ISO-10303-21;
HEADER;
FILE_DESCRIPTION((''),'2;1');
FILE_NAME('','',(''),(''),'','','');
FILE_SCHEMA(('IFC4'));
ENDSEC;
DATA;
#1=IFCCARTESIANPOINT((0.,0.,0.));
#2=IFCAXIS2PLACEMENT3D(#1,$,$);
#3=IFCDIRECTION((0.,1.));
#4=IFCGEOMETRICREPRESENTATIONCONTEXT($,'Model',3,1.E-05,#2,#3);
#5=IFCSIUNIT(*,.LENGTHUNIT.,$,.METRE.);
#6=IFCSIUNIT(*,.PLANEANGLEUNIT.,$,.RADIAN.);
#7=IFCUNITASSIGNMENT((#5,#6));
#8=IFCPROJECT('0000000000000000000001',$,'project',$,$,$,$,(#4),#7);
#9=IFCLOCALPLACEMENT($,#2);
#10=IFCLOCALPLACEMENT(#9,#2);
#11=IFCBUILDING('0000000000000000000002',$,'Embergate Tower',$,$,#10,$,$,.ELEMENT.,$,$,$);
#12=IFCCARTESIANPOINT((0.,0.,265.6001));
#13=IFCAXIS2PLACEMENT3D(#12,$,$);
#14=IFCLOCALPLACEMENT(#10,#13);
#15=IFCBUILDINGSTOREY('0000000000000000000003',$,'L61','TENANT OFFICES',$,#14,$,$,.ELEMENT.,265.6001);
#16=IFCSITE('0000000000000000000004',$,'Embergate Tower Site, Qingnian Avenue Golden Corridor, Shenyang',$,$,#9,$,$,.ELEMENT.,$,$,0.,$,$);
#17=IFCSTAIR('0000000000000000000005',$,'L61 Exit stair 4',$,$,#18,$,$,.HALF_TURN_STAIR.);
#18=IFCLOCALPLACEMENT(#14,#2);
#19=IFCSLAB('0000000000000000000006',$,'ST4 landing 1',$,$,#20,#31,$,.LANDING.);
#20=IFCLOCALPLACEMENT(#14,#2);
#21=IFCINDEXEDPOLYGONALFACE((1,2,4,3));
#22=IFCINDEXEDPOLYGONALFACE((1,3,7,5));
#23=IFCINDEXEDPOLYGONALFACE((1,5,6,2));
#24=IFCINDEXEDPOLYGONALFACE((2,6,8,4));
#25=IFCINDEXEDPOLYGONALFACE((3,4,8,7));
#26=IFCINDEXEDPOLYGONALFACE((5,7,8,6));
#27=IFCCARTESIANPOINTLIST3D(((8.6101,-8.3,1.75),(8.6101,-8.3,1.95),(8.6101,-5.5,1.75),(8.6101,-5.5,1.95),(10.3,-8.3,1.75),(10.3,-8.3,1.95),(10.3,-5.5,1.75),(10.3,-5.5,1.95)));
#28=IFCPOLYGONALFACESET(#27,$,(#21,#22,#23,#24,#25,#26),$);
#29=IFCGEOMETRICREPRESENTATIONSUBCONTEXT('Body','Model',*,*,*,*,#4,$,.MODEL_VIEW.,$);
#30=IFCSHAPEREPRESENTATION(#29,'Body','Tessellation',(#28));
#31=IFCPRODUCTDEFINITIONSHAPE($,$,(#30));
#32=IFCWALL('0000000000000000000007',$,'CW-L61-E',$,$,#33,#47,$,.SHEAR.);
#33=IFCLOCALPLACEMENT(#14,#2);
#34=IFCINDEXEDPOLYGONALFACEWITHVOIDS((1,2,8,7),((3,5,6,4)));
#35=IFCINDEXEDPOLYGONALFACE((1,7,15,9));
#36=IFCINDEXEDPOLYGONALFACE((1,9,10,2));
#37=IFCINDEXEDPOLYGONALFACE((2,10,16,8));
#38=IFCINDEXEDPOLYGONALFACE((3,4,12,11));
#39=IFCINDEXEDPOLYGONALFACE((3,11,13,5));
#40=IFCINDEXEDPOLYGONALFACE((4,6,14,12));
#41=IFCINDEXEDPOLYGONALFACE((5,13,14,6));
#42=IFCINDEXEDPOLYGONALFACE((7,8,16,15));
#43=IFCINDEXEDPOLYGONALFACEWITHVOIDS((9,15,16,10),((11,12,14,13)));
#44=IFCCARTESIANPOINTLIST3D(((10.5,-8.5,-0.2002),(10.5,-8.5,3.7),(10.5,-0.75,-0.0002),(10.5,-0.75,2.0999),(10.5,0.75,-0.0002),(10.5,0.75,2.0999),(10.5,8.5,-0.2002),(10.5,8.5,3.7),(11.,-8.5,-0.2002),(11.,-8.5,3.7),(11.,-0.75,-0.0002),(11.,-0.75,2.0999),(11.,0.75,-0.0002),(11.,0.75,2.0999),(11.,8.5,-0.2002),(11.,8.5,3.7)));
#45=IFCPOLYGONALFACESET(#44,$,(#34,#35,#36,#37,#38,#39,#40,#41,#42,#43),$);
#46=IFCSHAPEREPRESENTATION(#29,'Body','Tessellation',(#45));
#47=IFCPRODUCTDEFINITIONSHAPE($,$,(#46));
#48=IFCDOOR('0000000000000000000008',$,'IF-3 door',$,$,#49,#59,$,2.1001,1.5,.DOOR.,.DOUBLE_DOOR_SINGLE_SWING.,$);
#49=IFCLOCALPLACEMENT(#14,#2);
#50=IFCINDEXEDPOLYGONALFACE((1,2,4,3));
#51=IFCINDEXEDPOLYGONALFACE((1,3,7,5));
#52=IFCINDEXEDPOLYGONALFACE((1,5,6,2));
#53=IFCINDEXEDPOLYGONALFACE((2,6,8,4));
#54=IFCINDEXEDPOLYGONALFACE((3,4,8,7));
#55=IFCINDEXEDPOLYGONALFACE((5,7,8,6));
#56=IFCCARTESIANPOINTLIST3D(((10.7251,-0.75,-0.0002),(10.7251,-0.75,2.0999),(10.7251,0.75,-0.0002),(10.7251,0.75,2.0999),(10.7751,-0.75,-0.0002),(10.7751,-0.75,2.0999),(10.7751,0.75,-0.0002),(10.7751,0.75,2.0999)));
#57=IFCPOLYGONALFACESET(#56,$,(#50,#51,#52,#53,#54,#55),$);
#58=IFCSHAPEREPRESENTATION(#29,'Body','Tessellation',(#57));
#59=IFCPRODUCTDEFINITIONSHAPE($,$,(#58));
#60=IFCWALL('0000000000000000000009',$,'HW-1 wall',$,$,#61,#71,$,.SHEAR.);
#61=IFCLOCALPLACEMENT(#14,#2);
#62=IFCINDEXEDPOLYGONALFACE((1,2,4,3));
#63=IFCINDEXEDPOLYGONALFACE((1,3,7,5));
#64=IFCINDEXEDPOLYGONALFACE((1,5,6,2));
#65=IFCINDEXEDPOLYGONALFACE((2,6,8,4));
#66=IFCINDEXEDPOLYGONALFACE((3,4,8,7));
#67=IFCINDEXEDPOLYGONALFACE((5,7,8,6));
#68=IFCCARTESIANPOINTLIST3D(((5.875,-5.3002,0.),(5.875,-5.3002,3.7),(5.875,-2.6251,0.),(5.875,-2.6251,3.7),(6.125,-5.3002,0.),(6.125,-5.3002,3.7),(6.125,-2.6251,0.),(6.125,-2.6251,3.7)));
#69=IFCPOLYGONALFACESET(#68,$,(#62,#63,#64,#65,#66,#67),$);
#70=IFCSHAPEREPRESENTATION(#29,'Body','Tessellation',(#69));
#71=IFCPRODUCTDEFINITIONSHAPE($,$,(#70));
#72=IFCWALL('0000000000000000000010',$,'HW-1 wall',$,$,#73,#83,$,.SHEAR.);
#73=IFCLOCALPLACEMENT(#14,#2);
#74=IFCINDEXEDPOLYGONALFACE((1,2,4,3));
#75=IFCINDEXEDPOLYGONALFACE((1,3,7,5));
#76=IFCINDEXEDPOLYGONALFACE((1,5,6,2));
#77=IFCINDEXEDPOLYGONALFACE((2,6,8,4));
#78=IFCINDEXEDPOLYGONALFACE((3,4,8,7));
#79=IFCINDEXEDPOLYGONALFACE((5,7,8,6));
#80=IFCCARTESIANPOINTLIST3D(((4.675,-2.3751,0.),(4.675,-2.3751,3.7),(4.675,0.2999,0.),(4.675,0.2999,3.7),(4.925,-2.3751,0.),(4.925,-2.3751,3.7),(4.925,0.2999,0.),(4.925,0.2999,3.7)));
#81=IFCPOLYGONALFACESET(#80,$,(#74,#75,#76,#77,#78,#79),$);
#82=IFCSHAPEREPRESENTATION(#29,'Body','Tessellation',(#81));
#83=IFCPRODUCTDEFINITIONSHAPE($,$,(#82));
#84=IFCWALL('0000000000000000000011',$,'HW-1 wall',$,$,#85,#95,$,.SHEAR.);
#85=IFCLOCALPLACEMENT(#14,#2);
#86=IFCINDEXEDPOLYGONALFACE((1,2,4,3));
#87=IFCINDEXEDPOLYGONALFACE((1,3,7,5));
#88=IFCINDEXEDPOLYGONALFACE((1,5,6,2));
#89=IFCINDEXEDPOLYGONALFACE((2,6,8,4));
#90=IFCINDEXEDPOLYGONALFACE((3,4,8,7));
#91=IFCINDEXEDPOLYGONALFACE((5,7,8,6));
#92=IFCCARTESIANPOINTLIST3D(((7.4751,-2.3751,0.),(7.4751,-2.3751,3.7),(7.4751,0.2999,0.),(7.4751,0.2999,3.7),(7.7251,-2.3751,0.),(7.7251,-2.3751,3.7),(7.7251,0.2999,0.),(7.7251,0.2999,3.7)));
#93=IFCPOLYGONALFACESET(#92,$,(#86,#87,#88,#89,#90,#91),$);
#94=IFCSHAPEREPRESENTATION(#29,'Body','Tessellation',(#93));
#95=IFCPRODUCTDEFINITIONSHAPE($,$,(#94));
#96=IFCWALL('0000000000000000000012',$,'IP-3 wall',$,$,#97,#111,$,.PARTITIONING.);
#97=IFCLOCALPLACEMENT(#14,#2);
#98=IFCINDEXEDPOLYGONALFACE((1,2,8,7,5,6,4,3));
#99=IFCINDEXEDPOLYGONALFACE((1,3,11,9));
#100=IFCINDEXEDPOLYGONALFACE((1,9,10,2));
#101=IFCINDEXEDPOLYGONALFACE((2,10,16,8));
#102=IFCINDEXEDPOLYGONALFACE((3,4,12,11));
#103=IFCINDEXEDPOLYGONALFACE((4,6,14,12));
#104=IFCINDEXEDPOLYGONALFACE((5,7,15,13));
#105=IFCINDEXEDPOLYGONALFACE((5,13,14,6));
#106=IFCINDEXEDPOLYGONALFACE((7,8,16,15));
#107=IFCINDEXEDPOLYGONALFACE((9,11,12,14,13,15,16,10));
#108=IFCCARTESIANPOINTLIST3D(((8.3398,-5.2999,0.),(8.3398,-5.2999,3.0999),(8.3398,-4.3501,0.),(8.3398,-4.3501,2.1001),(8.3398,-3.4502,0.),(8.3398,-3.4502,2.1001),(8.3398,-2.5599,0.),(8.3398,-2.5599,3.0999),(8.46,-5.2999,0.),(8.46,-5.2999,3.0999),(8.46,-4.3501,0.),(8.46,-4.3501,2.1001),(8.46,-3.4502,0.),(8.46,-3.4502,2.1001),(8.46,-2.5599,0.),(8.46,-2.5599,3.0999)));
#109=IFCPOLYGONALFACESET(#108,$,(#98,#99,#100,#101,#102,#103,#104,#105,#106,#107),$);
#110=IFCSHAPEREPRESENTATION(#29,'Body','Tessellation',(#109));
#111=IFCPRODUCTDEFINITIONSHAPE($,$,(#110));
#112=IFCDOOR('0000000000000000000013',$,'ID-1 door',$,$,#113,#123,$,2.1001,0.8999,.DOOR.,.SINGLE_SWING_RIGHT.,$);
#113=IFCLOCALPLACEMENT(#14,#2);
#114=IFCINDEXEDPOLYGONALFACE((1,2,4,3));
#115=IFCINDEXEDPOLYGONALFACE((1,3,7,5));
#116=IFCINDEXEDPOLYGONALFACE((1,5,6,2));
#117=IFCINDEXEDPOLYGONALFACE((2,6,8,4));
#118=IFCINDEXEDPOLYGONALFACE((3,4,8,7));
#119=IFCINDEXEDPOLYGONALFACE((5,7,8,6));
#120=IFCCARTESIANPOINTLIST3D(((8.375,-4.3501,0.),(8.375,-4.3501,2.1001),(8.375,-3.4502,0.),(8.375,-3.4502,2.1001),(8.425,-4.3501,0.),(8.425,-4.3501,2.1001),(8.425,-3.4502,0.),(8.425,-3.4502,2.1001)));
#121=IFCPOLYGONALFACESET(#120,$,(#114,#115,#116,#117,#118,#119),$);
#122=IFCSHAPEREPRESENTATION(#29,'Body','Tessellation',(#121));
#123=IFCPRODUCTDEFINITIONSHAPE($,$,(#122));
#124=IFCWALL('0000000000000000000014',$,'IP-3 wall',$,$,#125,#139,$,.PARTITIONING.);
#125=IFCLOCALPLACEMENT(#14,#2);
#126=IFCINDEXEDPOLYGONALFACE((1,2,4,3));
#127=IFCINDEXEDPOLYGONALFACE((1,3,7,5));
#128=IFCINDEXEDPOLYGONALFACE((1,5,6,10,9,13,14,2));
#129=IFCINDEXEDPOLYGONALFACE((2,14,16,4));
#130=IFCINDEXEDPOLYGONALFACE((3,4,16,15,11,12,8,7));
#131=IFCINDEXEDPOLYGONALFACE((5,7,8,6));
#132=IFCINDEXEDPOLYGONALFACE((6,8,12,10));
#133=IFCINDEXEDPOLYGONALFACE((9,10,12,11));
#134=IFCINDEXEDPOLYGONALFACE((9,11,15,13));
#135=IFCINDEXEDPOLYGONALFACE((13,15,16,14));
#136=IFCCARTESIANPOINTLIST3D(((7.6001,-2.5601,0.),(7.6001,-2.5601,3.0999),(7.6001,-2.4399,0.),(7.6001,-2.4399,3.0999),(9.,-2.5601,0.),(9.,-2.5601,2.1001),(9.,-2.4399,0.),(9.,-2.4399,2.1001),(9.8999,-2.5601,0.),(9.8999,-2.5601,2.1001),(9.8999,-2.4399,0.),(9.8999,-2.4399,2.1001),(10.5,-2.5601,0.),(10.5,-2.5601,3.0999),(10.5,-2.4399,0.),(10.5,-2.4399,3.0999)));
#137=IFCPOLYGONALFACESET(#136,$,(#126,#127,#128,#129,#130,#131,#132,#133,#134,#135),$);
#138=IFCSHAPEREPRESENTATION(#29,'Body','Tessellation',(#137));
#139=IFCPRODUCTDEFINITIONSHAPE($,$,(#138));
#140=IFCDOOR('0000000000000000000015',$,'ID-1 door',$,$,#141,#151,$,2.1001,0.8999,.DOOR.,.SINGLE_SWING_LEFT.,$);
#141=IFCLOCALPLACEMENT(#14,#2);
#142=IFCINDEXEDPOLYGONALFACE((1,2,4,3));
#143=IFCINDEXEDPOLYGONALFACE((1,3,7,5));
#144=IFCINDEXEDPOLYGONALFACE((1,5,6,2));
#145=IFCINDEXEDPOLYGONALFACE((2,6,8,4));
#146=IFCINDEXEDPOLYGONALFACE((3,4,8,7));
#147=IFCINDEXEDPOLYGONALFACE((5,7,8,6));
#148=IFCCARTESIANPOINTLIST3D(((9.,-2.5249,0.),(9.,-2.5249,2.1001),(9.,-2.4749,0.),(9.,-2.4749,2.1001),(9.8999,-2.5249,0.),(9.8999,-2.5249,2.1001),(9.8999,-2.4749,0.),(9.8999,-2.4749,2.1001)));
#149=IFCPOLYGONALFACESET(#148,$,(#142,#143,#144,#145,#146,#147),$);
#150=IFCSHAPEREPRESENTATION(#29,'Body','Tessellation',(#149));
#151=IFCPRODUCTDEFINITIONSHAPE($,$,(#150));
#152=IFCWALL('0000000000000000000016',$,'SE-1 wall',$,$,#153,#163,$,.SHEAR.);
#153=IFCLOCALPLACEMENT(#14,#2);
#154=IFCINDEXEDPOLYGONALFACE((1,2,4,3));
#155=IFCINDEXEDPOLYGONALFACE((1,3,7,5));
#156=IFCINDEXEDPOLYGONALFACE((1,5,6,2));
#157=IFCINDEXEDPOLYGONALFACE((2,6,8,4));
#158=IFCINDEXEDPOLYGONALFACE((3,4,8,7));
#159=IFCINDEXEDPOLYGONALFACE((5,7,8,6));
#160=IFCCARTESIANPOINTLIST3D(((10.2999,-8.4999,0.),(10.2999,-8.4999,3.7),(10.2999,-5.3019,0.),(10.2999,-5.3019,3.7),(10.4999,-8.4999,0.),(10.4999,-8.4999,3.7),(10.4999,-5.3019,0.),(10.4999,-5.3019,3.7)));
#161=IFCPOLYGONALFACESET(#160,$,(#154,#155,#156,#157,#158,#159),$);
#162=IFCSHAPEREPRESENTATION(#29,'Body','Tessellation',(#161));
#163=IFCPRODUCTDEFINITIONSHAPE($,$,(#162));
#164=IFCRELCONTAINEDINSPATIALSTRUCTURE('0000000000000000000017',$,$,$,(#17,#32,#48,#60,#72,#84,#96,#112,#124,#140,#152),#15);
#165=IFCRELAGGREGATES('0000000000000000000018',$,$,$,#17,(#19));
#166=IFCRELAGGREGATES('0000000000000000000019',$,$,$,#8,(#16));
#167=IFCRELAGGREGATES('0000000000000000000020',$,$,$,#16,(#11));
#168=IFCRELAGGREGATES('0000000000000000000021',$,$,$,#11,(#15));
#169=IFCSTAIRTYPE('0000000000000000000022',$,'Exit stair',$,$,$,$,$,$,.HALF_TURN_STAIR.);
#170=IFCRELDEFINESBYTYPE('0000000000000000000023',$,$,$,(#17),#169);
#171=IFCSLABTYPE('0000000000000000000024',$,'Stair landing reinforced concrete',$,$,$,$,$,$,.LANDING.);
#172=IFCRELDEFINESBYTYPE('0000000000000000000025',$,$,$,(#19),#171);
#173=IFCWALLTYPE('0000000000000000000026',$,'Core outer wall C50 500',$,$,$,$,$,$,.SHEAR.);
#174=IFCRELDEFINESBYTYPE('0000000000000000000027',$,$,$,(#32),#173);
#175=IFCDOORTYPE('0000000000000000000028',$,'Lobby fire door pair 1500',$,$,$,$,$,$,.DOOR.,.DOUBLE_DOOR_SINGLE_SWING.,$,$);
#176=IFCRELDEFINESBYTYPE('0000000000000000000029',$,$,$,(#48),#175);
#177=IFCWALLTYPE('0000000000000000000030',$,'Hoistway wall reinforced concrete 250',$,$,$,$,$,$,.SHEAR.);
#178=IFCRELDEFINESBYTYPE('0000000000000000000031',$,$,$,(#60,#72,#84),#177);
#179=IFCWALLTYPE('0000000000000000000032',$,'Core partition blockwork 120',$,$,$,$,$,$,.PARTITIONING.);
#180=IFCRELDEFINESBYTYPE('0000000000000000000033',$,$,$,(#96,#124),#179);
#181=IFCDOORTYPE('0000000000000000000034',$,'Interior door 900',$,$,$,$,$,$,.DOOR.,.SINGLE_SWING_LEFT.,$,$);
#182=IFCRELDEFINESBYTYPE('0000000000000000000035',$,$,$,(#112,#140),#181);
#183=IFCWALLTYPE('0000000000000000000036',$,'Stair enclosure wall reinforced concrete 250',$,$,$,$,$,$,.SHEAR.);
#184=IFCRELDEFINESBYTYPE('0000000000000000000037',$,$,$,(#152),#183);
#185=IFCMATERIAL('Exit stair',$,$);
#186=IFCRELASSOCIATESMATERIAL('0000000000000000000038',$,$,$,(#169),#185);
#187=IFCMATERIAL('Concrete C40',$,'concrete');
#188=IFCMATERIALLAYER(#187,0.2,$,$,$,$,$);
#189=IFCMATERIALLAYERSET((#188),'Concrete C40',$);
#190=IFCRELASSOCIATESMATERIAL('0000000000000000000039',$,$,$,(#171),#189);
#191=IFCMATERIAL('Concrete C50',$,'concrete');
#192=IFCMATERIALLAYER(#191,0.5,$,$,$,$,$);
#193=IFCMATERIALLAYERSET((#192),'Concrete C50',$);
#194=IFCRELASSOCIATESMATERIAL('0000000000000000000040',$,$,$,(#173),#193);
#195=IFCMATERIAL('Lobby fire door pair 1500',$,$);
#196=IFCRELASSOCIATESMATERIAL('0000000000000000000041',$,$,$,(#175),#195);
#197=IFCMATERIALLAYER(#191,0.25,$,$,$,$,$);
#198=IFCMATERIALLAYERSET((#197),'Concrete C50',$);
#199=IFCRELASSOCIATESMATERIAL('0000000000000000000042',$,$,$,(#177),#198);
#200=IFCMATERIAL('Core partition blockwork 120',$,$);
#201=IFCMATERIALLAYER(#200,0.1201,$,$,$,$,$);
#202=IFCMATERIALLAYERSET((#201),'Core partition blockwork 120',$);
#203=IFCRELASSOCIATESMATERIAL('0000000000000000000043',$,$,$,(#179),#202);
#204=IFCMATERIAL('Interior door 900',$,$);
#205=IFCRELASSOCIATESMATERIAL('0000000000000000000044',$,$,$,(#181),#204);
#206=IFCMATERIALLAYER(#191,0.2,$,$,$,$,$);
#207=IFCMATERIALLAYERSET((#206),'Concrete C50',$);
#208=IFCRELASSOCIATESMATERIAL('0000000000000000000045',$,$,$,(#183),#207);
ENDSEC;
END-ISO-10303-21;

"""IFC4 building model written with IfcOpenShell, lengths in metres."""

from ifc_helpers import new_model, si_unit, direction, frame, frame_2d, origin, place, context, subcontext, project, spatial, polyline, rectangle, outline, extrude, source, transform, mapped, material, layer, layer_set, type_object, element, fill, aggregate, save


model = new_model("IFC4")

# Units and contexts
model_context = context("Model", 3, precision=1e-05, world=origin(), true_north=direction((0.0, 1.0)))
body_context = subcontext(model_context, "Body", "Model", "MODEL_VIEW")
ifc_project = project(units=[si_unit("LENGTHUNIT", "METRE"), si_unit("PLANEANGLEUNIT", "RADIAN")], contexts=[model_context])

# Site, building, storey
site_placement = place(None, origin())
site = spatial("IfcSite", under=ifc_project, at=site_placement, Name="Embergate Tower Site, Qingnian Avenue Golden Corridor, Shenyang", CompositionType="ELEMENT", RefElevation=0.0)
building_placement = place(site_placement, origin())
building = spatial("IfcBuilding", under=site, at=building_placement, Name="Embergate Tower", CompositionType="ELEMENT")
storey_placement = place(building_placement, frame((0.0, 0.0, 265.6001)))
storey = spatial("IfcBuildingStorey", under=building, at=storey_placement, Name="L61", Description="TENANT OFFICES", CompositionType="ELEMENT", Elevation=265.6001)

# Stair, slab
ifc_material_1 = material(Name="Exit stair")
stair_type = type_object("IfcStairType", Name="Exit stair", PredefinedType="HALF_TURN_STAIR", material=ifc_material_1)
stair_placement = place(storey_placement, origin())
stair = element("IfcStair", 1, at=stair_placement, inside=storey, type_object=stair_type, Name="L61 Exit stair 4", PredefinedType="HALF_TURN_STAIR")
ifc_material_2 = material(Name="Concrete C40", Category="concrete")
ifc_layer_1 = layer(ifc_material_2, 0.2)
ifc_layer_set_1 = layer_set([ifc_layer_1], Name="Concrete C40")
slab_type = type_object("IfcSlabType", Name="Stair landing reinforced concrete", PredefinedType="LANDING", material=ifc_layer_set_1)
shared_shape_1 = source(origin(), body_context, "Body", "SweptSolid", [
    extrude(outline(polyline([(0.0, 0.0), (1.6899, 0.0), (1.6899, 2.8), (0.0, 2.8), (0.0, 0.0)])), origin(), (0.0, 0.0, 1.0), 0.2),
])
slab_placement = place(storey_placement, frame((8.6101, -8.3, 1.75)))
slab = element("IfcSlab", 2, at=slab_placement, type_object=slab_type, Name="ST4 landing 1", PredefinedType="LANDING", context=body_context, shape_type="MappedRepresentation", body=[
    mapped(shared_shape_1, transform((0.0, 0.0, 0.0))),
])

# Wall, opening, door
ifc_material_3 = material(Name="Concrete C50", Category="concrete")
ifc_layer_2 = layer(ifc_material_3, 0.5)
ifc_layer_set_2 = layer_set([ifc_layer_2], Name="Concrete C50")
wall_type_1 = type_object("IfcWallType", Name="Core outer wall C50 500", PredefinedType="SHEAR", material=ifc_layer_set_2)
shared_shape_2 = source(origin(), body_context, "Body", "SweptSolid", [
    extrude(rectangle(XDim=17.0, YDim=0.5, at=frame_2d((8.5, 0.0))), origin(), (0.0, 0.0, 1.0), 3.9001),
])
wall_1_placement = place(storey_placement, frame((10.75, -8.5, -0.2002), z_axis=(0.0, 0.0, 1.0), x_axis=(0.0, 1.0, 0.0)))
wall_1 = element("IfcWall", 3, at=wall_1_placement, inside=storey, type_object=wall_type_1, Name="CW-L61-E", PredefinedType="SHEAR", context=body_context, shape_type="MappedRepresentation", body=[
    mapped(shared_shape_2, transform((0.0, 0.0, 0.0))),
])
shared_shape_3 = source(origin(), body_context, "Body", "SweptSolid", [
    extrude(rectangle(XDim=1.5, YDim=2.1001, at=frame_2d((0.75, 1.05))), frame((0.0, 0.26, 0.0), z_axis=(0.0, -1.0, 0.0), x_axis=(1.0, 0.0, 0.0)), (0.0, 0.0, 1.0), 0.52),
])
opening_1_placement = place(wall_1_placement, frame((7.75, 0.0, 0.2)))
opening_1 = element("IfcOpeningElement", 4, at=opening_1_placement, cuts=wall_1, PredefinedType="OPENING", context=body_context, shape_type="MappedRepresentation", body=[
    mapped(shared_shape_3, transform((0.0, 0.0, 0.0))),
])
ifc_material_4 = material(Name="Lobby fire door pair 1500")
door_type_1 = type_object("IfcDoorType", Name="Lobby fire door pair 1500", OperationType="DOUBLE_DOOR_SINGLE_SWING", PredefinedType="DOOR", material=ifc_material_4)
shared_shape_4 = source(origin(), body_context, "Body", "SweptSolid", [
    extrude(rectangle(XDim=1.5, YDim=2.1001, at=frame_2d((0.75, 1.05))), frame((0.0, 0.0249, 0.0), z_axis=(0.0, -1.0, 0.0), x_axis=(1.0, 0.0, 0.0)), (0.0, 0.0, 1.0), 0.05),
])
door_1_placement = place(opening_1_placement, origin())
door_1 = element("IfcDoor", 5, at=door_1_placement, inside=storey, type_object=door_type_1, Name="IF-3 door", OperationType="DOUBLE_DOOR_SINGLE_SWING", OverallHeight=2.1001, OverallWidth=1.5, PredefinedType="DOOR", context=body_context, shape_type="MappedRepresentation", body=[
    mapped(shared_shape_4, transform((0.0, 0.0, 0.0))),
])
fill(opening_1, door_1)

# Walls
ifc_layer_3 = layer(ifc_material_3, 0.25)
ifc_layer_set_3 = layer_set([ifc_layer_3], Name="Concrete C50")
wall_type_2 = type_object("IfcWallType", Name="Hoistway wall reinforced concrete 250", PredefinedType="SHEAR", material=ifc_layer_set_3)
shared_shape_5 = source(origin(), body_context, "Body", "SweptSolid", [
    extrude(rectangle(XDim=2.675, YDim=0.25, at=frame_2d((1.3374, 0.0))), origin(), (0.0, 0.0, 1.0), 3.7),
])
for number, where, z_axis, x_axis, name in (
    (6, (6.0, -5.3, 0.0), (0.0, 0.0, 1.0), (0.0, 1.0, 0.0), "HW-1 wall"),
    (7, (4.8, -2.375, 0.0), (0.0, 0.0, 1.0), (0.0, 1.0, 0.0), "HW-1 wall"),
    (8, (7.6001, -2.375, 0.0), (0.0, 0.0, 1.0), (0.0, 1.0, 0.0), "HW-1 wall"),
):
    element("IfcWall", number, at=place(storey_placement, frame(where, z_axis=z_axis, x_axis=x_axis)), inside=storey, type_object=wall_type_2, Name=name, PredefinedType="SHEAR", context=body_context, shape_type="MappedRepresentation", body=[
        mapped(shared_shape_5, transform((0.0, 0.0, 0.0))),
    ])

# Walls, openings, doors
ifc_material_5 = material(Name="Core partition blockwork 120")
ifc_layer_4 = layer(ifc_material_5, 0.1201)
ifc_layer_set_4 = layer_set([ifc_layer_4], Name="Core partition blockwork 120")
wall_type_3 = type_object("IfcWallType", Name="Core partition blockwork 120", PredefinedType="PARTITIONING", material=ifc_layer_set_4)
shared_shape_6 = source(origin(), body_context, "Body", "SweptSolid", [
    extrude(rectangle(XDim=2.74, YDim=0.1201, at=frame_2d((1.3701, 0.0))), origin(), (0.0, 0.0, 1.0), 3.0999),
])
wall_2_placement = place(storey_placement, frame((8.3999, -5.3, 0.0), z_axis=(0.0, 0.0, 1.0), x_axis=(0.0, 1.0, 0.0)))
wall_2 = element("IfcWall", 9, at=wall_2_placement, inside=storey, type_object=wall_type_3, Name="IP-3 wall", PredefinedType="PARTITIONING", context=body_context, shape_type="MappedRepresentation", body=[
    mapped(shared_shape_6, transform((0.0, 0.0, 0.0))),
])
shared_shape_7 = source(origin(), body_context, "Body", "SweptSolid", [
    extrude(rectangle(XDim=0.8999, YDim=2.1001, at=frame_2d((0.45, 1.05))), frame((0.0, 0.0701, 0.0), z_axis=(0.0, -1.0, 0.0), x_axis=(1.0, 0.0, 0.0)), (0.0, 0.0, 1.0), 0.1401),
])
opening_2_placement = place(wall_2_placement, frame((0.95, 0.0, 0.0)))
opening_2 = element("IfcOpeningElement", 10, at=opening_2_placement, cuts=wall_2, PredefinedType="OPENING", context=body_context, shape_type="MappedRepresentation", body=[
    mapped(shared_shape_7, transform((0.0, 0.0, 0.0))),
])
ifc_material_6 = material(Name="Interior door 900")
door_type_2 = type_object("IfcDoorType", Name="Interior door 900", OperationType="SINGLE_SWING_LEFT", PredefinedType="DOOR", material=ifc_material_6)
shared_shape_8 = source(origin(), body_context, "Body", "SweptSolid", [
    extrude(rectangle(XDim=0.8999, YDim=2.1001, at=frame_2d((0.45, 1.05))), frame((0.0, 0.0249, 0.0), z_axis=(0.0, -1.0, 0.0), x_axis=(1.0, 0.0, 0.0)), (0.0, 0.0, 1.0), 0.05),
])
door_2_placement = place(opening_2_placement, origin())
door_2 = element("IfcDoor", 11, at=door_2_placement, inside=storey, type_object=door_type_2, Name="ID-1 door", OperationType="SINGLE_SWING_RIGHT", OverallHeight=2.1001, OverallWidth=0.8999, PredefinedType="DOOR", context=body_context, shape_type="MappedRepresentation", body=[
    mapped(shared_shape_8, transform((0.0, 0.0, 0.0))),
])
fill(opening_2, door_2)
shared_shape_9 = source(origin(), body_context, "Body", "SweptSolid", [
    extrude(rectangle(XDim=2.8999, YDim=0.1201, at=frame_2d((1.45, 0.0))), origin(), (0.0, 0.0, 1.0), 3.0999),
])
wall_3_placement = place(storey_placement, frame((10.5, -2.5, 0.0), z_axis=(0.0, 0.0, 1.0), x_axis=(-1.0, 0.0, 0.0)))
wall_3 = element("IfcWall", 12, at=wall_3_placement, inside=storey, type_object=wall_type_3, Name="IP-3 wall", PredefinedType="PARTITIONING", context=body_context, shape_type="MappedRepresentation", body=[
    mapped(shared_shape_9, transform((0.0, 0.0, 0.0))),
])
opening_3_placement = place(wall_3_placement, frame((0.6001, 0.0, 0.0)))
opening_3 = element("IfcOpeningElement", 13, at=opening_3_placement, cuts=wall_3, PredefinedType="OPENING", context=body_context, shape_type="MappedRepresentation", body=[
    mapped(shared_shape_7, transform((0.0, 0.0, 0.0))),
])
door_3_placement = place(opening_3_placement, origin())
door_3 = element("IfcDoor", 14, at=door_3_placement, inside=storey, type_object=door_type_2, Name="ID-1 door", OperationType="SINGLE_SWING_LEFT", OverallHeight=2.1001, OverallWidth=0.8999, PredefinedType="DOOR", context=body_context, shape_type="MappedRepresentation", body=[
    mapped(shared_shape_8, transform((0.0, 0.0, 0.0))),
])
fill(opening_3, door_3)

# Wall
ifc_layer_5 = layer(ifc_material_3, 0.2)
ifc_layer_set_5 = layer_set([ifc_layer_5], Name="Concrete C50")
wall_type_4 = type_object("IfcWallType", Name="Stair enclosure wall reinforced concrete 250", PredefinedType="SHEAR", material=ifc_layer_set_5)
shared_shape_10 = source(origin(), body_context, "Body", "SweptSolid", [
    extrude(rectangle(XDim=3.198, YDim=0.2, at=frame_2d((1.5991, 0.0))), origin(), (0.0, 0.0, 1.0), 3.7),
])
wall_4_placement = place(storey_placement, frame((10.3999, -8.5, 0.0), z_axis=(0.0, 0.0, 1.0), x_axis=(0.0, 1.0, 0.0)))
element("IfcWall", 15, at=wall_4_placement, inside=storey, type_object=wall_type_4, Name="SE-1 wall", PredefinedType="SHEAR", context=body_context, shape_type="MappedRepresentation", body=[
    mapped(shared_shape_10, transform((0.0, 0.0, 0.0))),
])

aggregate(stair, [slab])

save(model, "model.ifc")
